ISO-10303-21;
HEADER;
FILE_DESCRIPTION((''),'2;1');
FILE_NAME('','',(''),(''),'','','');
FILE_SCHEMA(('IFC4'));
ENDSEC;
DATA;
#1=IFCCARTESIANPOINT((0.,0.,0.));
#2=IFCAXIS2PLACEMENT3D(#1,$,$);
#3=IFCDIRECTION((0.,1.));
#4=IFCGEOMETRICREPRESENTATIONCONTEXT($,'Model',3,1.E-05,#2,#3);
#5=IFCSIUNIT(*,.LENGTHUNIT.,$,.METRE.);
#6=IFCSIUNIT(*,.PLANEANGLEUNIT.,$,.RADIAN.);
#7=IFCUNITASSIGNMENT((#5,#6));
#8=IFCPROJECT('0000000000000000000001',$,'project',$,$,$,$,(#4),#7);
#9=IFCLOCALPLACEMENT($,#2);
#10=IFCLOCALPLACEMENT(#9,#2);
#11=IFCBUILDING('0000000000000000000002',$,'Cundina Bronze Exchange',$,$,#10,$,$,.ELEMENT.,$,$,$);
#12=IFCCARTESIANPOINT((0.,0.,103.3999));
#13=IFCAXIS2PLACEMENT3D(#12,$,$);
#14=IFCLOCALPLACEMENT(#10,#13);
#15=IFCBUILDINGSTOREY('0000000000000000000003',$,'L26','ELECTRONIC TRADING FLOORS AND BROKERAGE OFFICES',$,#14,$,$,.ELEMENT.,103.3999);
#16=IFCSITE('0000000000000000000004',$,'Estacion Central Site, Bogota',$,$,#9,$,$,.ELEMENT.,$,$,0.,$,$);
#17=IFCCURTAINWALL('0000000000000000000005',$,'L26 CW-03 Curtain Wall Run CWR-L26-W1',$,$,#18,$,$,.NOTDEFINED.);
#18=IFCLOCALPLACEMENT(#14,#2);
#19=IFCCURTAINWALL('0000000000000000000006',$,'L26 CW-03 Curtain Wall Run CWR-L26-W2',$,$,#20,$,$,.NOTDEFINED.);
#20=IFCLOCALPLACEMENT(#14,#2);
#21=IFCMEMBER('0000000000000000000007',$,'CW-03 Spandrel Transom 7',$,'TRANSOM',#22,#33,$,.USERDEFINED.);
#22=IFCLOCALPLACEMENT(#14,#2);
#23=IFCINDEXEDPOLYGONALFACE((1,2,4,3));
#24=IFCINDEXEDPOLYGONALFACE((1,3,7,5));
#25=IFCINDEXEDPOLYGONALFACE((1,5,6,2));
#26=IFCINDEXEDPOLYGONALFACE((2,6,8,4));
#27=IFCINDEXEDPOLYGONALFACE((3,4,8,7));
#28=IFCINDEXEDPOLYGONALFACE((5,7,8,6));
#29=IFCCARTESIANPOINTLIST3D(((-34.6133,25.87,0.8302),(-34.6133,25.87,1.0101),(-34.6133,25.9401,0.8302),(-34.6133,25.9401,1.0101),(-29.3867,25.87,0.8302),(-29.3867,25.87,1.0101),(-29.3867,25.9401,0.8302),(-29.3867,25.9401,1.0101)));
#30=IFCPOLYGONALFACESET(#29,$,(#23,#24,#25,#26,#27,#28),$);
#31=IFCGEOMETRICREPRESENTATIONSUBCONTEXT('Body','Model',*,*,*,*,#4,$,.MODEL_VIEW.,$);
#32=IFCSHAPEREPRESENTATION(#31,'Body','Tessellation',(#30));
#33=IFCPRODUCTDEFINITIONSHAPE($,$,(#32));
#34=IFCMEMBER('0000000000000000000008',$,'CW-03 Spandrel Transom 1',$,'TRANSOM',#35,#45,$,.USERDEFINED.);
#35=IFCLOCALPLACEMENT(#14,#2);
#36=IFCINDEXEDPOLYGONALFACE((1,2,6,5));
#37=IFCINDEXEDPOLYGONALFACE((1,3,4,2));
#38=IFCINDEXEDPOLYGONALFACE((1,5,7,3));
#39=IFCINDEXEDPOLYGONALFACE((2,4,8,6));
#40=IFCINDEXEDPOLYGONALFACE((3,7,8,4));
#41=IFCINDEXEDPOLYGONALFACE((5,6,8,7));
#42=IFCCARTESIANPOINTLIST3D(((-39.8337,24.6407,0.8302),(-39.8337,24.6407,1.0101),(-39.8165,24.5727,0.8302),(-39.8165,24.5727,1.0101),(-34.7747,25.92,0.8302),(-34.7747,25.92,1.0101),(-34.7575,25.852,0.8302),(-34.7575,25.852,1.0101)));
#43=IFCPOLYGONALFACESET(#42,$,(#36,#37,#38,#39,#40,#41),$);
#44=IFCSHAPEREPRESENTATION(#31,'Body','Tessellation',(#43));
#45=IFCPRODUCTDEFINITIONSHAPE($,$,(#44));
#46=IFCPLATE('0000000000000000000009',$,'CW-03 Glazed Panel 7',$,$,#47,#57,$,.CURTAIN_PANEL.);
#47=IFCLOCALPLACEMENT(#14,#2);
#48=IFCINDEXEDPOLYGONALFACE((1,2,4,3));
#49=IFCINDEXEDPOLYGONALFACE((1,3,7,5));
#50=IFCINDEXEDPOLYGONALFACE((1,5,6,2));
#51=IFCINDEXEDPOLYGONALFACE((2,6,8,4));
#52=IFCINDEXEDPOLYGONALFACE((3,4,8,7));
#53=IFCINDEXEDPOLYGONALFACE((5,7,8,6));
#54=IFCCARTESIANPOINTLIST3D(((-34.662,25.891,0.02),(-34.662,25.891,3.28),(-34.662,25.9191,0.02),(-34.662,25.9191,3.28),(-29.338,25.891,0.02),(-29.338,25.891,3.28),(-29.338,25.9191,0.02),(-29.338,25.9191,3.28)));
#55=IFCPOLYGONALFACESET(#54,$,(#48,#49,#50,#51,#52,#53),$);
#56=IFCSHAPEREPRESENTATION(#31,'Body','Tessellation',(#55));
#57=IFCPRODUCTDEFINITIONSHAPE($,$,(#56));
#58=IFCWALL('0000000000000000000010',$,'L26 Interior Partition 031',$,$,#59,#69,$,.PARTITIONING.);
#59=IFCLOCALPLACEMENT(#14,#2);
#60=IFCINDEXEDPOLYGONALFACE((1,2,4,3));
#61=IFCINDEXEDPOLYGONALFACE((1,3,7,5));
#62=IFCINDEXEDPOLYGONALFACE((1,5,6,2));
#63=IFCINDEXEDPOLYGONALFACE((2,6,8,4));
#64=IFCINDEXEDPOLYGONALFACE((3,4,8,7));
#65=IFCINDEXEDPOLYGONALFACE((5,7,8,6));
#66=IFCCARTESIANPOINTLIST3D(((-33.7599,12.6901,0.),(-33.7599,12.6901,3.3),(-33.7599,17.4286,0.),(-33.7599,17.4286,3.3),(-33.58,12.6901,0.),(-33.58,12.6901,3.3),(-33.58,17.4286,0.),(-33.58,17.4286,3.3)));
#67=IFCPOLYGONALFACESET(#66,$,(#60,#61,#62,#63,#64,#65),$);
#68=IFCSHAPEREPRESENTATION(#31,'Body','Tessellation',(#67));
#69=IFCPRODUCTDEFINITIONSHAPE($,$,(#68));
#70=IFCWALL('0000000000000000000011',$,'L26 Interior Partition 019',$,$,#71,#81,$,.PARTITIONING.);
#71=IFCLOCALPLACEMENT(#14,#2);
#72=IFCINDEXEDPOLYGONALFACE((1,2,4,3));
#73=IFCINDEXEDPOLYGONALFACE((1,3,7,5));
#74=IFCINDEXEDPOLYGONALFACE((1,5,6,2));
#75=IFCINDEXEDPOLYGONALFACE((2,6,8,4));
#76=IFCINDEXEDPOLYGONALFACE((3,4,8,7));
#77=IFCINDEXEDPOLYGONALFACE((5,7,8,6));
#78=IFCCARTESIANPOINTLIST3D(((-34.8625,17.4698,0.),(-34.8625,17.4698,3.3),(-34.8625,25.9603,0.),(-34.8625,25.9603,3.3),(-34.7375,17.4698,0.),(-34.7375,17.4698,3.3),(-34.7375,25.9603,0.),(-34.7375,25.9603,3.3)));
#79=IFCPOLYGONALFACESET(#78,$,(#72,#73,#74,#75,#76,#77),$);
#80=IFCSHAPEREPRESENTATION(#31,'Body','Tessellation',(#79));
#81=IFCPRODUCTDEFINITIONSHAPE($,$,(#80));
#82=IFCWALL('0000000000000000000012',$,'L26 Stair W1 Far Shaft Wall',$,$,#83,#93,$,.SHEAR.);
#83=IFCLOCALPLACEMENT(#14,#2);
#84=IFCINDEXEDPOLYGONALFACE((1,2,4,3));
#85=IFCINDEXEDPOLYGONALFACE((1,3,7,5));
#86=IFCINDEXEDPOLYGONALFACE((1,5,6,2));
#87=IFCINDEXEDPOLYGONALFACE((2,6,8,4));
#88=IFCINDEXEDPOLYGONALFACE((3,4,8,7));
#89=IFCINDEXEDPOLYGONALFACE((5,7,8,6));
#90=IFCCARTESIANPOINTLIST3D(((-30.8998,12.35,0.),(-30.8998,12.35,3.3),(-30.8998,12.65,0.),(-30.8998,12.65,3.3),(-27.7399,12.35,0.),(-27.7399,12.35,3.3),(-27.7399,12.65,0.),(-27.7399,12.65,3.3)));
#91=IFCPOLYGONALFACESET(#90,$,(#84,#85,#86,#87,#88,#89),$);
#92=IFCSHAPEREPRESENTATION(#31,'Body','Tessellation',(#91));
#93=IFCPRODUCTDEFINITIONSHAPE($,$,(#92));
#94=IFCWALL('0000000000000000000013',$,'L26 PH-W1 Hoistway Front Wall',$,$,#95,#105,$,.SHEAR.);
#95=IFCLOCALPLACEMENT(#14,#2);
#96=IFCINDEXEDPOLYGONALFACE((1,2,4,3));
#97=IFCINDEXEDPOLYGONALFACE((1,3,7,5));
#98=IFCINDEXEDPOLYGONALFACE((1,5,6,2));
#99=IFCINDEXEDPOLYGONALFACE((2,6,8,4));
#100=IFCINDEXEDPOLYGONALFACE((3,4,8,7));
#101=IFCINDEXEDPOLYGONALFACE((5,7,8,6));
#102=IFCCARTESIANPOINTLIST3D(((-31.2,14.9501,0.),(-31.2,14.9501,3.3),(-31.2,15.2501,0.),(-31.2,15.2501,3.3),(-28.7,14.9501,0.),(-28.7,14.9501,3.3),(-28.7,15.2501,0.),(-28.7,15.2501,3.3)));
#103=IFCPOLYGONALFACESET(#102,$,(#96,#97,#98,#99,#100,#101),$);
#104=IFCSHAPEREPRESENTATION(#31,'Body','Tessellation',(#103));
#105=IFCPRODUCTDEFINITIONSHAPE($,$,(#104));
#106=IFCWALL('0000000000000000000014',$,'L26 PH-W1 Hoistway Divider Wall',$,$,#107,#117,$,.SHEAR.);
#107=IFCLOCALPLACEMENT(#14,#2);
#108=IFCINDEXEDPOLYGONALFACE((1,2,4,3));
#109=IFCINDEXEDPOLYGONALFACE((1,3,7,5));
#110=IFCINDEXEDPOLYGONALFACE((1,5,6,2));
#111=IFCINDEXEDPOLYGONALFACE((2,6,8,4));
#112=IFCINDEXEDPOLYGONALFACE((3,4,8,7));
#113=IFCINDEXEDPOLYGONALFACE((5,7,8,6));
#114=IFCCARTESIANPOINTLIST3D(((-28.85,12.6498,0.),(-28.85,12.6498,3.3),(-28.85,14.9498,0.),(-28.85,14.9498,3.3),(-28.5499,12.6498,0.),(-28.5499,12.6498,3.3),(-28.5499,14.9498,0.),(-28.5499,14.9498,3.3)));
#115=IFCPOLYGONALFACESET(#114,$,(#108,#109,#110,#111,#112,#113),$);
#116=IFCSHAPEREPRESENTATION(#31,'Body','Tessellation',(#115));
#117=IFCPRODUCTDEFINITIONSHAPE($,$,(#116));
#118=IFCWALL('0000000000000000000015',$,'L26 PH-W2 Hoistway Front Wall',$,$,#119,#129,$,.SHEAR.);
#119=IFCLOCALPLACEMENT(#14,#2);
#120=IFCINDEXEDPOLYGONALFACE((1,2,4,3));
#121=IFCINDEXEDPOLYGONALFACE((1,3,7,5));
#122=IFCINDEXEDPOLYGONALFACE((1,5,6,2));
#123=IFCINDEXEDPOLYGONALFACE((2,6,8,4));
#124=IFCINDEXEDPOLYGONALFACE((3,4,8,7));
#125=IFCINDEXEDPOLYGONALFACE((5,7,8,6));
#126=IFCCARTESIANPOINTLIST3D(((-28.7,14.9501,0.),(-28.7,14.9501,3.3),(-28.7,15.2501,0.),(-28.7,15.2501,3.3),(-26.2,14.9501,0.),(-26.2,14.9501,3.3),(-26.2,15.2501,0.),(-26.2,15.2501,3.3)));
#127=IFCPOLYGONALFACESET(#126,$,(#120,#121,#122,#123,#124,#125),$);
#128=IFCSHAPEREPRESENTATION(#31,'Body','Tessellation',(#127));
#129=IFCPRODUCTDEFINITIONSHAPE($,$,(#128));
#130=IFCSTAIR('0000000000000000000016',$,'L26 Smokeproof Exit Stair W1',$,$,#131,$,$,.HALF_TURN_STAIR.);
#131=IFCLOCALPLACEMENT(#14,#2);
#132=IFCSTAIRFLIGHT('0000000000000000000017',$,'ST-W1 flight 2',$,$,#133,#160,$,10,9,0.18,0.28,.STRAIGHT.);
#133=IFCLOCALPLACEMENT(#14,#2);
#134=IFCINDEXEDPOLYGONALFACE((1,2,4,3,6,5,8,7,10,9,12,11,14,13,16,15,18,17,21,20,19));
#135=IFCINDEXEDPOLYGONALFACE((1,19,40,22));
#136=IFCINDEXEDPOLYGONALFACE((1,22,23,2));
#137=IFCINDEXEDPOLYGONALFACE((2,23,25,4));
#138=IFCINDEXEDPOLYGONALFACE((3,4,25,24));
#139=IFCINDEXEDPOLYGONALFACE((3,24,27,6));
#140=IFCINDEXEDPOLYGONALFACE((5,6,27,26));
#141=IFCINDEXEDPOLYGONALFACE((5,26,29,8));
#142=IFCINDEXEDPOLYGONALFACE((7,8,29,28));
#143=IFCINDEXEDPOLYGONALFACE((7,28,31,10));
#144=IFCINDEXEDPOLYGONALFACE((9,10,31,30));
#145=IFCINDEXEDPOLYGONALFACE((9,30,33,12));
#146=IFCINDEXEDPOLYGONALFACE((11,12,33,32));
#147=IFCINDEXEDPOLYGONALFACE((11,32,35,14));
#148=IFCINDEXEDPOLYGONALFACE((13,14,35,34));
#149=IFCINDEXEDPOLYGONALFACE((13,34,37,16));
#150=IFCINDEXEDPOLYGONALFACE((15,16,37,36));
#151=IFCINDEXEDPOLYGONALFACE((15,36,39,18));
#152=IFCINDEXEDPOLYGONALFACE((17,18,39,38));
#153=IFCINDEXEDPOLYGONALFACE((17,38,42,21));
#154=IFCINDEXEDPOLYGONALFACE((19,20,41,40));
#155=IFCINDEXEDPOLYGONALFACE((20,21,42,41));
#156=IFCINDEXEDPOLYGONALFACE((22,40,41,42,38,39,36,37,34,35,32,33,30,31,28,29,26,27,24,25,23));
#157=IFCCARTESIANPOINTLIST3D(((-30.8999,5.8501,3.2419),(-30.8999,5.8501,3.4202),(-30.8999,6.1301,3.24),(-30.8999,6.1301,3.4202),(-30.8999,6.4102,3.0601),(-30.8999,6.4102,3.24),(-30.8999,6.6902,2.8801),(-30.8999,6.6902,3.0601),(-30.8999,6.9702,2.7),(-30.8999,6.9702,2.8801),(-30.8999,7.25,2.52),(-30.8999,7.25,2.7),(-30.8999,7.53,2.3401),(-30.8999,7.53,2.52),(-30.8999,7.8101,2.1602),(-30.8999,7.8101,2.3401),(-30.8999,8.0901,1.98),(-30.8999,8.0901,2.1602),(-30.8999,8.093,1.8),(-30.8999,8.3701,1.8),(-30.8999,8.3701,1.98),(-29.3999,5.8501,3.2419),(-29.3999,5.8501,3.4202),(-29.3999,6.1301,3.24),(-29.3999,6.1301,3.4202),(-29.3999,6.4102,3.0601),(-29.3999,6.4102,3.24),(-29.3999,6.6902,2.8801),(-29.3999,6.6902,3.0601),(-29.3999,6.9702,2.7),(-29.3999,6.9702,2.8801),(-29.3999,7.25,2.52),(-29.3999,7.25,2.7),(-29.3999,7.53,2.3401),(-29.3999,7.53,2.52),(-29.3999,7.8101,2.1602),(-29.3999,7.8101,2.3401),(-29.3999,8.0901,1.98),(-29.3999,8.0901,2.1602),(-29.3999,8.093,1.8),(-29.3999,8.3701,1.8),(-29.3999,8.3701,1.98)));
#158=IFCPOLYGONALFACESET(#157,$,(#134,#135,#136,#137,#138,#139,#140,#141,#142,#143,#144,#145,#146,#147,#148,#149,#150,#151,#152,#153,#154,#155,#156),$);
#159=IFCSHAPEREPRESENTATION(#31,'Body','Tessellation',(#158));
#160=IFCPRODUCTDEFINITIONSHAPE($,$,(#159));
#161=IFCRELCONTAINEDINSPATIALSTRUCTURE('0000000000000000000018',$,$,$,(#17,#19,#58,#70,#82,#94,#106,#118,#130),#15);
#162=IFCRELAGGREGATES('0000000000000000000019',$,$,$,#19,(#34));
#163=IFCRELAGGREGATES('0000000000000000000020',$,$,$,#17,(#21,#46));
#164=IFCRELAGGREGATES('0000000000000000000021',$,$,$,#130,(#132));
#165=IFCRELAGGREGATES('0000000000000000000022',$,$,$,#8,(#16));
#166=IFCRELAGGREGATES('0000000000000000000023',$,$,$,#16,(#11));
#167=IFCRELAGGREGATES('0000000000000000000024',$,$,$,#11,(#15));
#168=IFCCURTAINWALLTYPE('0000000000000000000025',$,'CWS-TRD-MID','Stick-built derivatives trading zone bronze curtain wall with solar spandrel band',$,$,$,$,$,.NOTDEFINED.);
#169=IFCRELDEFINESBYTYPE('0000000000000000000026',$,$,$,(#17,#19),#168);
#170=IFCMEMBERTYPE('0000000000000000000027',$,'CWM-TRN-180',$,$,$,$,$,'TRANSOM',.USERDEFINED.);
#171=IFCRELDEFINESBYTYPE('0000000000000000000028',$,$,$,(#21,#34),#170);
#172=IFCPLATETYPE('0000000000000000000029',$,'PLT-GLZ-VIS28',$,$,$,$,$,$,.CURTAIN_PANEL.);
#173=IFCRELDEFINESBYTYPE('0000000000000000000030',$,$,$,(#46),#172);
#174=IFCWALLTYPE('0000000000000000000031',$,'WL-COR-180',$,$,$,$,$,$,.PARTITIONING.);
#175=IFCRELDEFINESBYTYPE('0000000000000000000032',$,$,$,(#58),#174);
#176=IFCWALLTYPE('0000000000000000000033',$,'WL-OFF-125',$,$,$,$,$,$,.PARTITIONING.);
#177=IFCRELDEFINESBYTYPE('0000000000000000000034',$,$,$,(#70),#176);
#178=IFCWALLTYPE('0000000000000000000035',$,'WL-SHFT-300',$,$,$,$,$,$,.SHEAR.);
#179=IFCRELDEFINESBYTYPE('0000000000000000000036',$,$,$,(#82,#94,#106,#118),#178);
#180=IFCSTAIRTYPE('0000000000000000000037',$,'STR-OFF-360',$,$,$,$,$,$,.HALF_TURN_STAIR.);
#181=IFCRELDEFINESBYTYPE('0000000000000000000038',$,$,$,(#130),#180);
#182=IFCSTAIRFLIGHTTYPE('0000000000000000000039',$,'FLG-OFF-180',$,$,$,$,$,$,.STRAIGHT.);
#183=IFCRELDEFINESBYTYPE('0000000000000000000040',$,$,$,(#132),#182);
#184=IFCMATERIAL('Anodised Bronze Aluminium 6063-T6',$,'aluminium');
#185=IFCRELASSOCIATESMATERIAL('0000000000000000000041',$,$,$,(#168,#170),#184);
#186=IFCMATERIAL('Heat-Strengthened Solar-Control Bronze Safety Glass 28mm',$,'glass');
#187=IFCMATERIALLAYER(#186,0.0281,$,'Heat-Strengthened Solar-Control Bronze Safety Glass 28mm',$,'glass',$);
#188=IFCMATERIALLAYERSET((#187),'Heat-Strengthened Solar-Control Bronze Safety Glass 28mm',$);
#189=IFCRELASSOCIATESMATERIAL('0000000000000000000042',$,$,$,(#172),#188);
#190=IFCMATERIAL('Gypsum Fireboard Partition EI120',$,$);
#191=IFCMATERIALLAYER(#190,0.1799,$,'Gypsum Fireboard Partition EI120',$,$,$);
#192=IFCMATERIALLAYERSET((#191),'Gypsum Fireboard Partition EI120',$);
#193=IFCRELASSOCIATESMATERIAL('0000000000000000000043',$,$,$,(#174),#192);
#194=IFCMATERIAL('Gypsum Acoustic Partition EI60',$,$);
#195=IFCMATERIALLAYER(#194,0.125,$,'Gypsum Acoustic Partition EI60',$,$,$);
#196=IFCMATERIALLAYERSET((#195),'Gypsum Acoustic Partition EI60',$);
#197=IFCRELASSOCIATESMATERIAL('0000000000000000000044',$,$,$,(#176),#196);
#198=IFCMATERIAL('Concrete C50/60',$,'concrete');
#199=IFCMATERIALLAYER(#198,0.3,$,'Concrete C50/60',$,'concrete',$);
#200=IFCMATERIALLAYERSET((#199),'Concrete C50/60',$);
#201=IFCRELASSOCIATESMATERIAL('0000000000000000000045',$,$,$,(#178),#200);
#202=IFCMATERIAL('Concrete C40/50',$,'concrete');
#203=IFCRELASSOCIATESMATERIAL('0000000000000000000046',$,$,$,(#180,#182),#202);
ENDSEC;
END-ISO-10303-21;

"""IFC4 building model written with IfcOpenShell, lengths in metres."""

from ifc_helpers import new_model, si_unit, direction, frame, frame_2d, origin, origin_2d, place, context, subcontext, project, spatial, polyline, rectangle, outline, extrude, material, layer, layer_set, material_profile, profile_set, type_object, element, aggregate, save


model = new_model("IFC4")

# Units and contexts
model_context = context("Model", 3, precision=1e-05, world=origin(), true_north=direction((0.0, 1.0)))
body_context = subcontext(model_context, "Body", "Model", "MODEL_VIEW")
ifc_project = project(units=[si_unit("LENGTHUNIT", "METRE"), si_unit("PLANEANGLEUNIT", "RADIAN")], contexts=[model_context])

# Site, building, storey
site_placement = place(None, origin())
site = spatial("IfcSite", under=ifc_project, at=site_placement, Name="Estacion Central Site, Bogota", CompositionType="ELEMENT", RefElevation=0.0)
building_placement = place(site_placement, origin())
building = spatial("IfcBuilding", under=site, at=building_placement, Name="Cundina Bronze Exchange", CompositionType="ELEMENT")
storey_placement = place(building_placement, frame((0.0, 0.0, 103.3999)))
storey = spatial("IfcBuildingStorey", under=building, at=storey_placement, Name="L26", Description="ELECTRONIC TRADING FLOORS AND BROKERAGE OFFICES", CompositionType="ELEMENT", Elevation=103.3999)

# Curtain wall
ifc_material_1 = material(Name="Anodised Bronze Aluminium 6063-T6", Category="aluminium")
curtain_wall_type = type_object("IfcCurtainWallType", Name="CWS-TRD-MID", Description="Stick-built derivatives trading zone bronze curtain wall with solar spandrel band", PredefinedType="NOTDEFINED", material=ifc_material_1)
curtain_wall_1_placement = place(storey_placement, origin())
curtain_wall_1 = element("IfcCurtainWall", 1, at=curtain_wall_1_placement, inside=storey, type_object=curtain_wall_type, Name="L26 CW-03 Curtain Wall Run CWR-L26-W1", PredefinedType="NOTDEFINED")

# Curtain wall
curtain_wall_2_placement = place(storey_placement, origin())
curtain_wall_2 = element("IfcCurtainWall", 2, at=curtain_wall_2_placement, inside=storey, type_object=curtain_wall_type, Name="L26 CW-03 Curtain Wall Run CWR-L26-W2", PredefinedType="NOTDEFINED")

# Members
ifc_material_profile_1 = material_profile(ifc_material_1, rectangle(XDim=0.0701, YDim=0.1799, at=origin_2d()), Name="AL70X180", Category="aluminium")
ifc_profile_set_1 = profile_set([ifc_material_profile_1], Name="Anodised Bronze Aluminium 6063-T6")
member_type_1 = type_object("IfcMemberType", Name="CWM-TRN-180", ElementType="TRANSOM", PredefinedType="USERDEFINED", material=ifc_profile_set_1)
member_1_placement = place(storey_placement, frame((-29.3867, 25.905, 0.9202), z_axis=(-1.0, 0.0, 0.0), x_axis=(0.0, -1.0, 0.0)))
member_1 = element("IfcMember", 3, at=member_1_placement, type_object=member_type_1, Name="CW-03 Spandrel Transom 7", ObjectType="TRANSOM", PredefinedType="USERDEFINED", context=body_context, shape_type="SweptSolid", body=[
    extrude(rectangle(XDim=0.0701, YDim=0.1799, at=origin_2d()), origin(), (0.0, 0.0, 1.0), 5.2266),
])
member_2_placement = place(storey_placement, frame((-34.7661, 25.886, 0.9202), z_axis=(-0.969484, -0.245155, 0.0), x_axis=(0.245155, -0.969484, 0.0)))
member_2 = element("IfcMember", 4, at=member_2_placement, type_object=member_type_1, Name="CW-03 Spandrel Transom 1", ObjectType="TRANSOM", PredefinedType="USERDEFINED", context=body_context, shape_type="SweptSolid", body=[
    extrude(rectangle(XDim=0.0701, YDim=0.1799, at=origin_2d()), origin(), (0.0, 0.0, 1.0), 5.2183),
])
aggregate(curtain_wall_2, [member_2])

# Plate
ifc_material_2 = material(Name="Heat-Strengthened Solar-Control Bronze Safety Glass 28mm", Category="glass")
ifc_layer_1 = layer(ifc_material_2, 0.0281, Name="Heat-Strengthened Solar-Control Bronze Safety Glass 28mm", Category="glass")
ifc_layer_set_1 = layer_set([ifc_layer_1], Name="Heat-Strengthened Solar-Control Bronze Safety Glass 28mm")
plate_type = type_object("IfcPlateType", Name="PLT-GLZ-VIS28", PredefinedType="CURTAIN_PANEL", material=ifc_layer_set_1)
plate_placement = place(storey_placement, frame((-32.0, 25.905, 0.02), z_axis=(0.0, 0.0, 1.0), x_axis=(-1.0, 0.0, 0.0)))
plate = element("IfcPlate", 5, at=plate_placement, type_object=plate_type, Name="CW-03 Glazed Panel 7", PredefinedType="CURTAIN_PANEL", context=body_context, shape_type="SweptSolid", body=[
    extrude(rectangle(XDim=5.324, YDim=0.0281, at=origin_2d()), origin(), (0.0, 0.0, 1.0), 3.26),
])
aggregate(curtain_wall_1, [member_1, plate])

# Shared definitions
ifc_material_3 = material(Name="Gypsum Fireboard Partition EI120")
ifc_layer_2 = layer(ifc_material_3, 0.1799, Name="Gypsum Fireboard Partition EI120")
ifc_layer_set_2 = layer_set([ifc_layer_2], Name="Gypsum Fireboard Partition EI120")
wall_type_1 = type_object("IfcWallType", Name="WL-COR-180", PredefinedType="PARTITIONING", material=ifc_layer_set_2)

# Wall
wall_1_placement = place(storey_placement, frame((-33.6699, 17.4285, 0.0), z_axis=(0.0, 0.0, 1.0), x_axis=(0.0, -1.0, 0.0)))
element("IfcWall", 6, at=wall_1_placement, inside=storey, type_object=wall_type_1, Name="L26 Interior Partition 031", PredefinedType="PARTITIONING", context=body_context, shape_type="SweptSolid", body=[
    extrude(rectangle(XDim=4.7385, YDim=0.1799, at=frame_2d((2.3691, 0.0))), origin(), (0.0, 0.0, 1.0), 3.3),
])

# Wall
ifc_material_4 = material(Name="Gypsum Acoustic Partition EI60")
ifc_layer_3 = layer(ifc_material_4, 0.125, Name="Gypsum Acoustic Partition EI60")
ifc_layer_set_3 = layer_set([ifc_layer_3], Name="Gypsum Acoustic Partition EI60")
wall_type_2 = type_object("IfcWallType", Name="WL-OFF-125", PredefinedType="PARTITIONING", material=ifc_layer_set_3)
wall_2_placement = place(storey_placement, frame((-34.8, 17.47, 0.0), z_axis=(0.0, 0.0, 1.0), x_axis=(0.0, 1.0, 0.0)))
element("IfcWall", 7, at=wall_2_placement, inside=storey, type_object=wall_type_2, Name="L26 Interior Partition 019", PredefinedType="PARTITIONING", context=body_context, shape_type="SweptSolid", body=[
    extrude(rectangle(XDim=8.4905, YDim=0.125, at=frame_2d((4.2451, 0.0))), origin(), (0.0, 0.0, 1.0), 3.3),
])

# Shared definitions
ifc_material_5 = material(Name="Concrete C50/60", Category="concrete")
ifc_layer_4 = layer(ifc_material_5, 0.3, Name="Concrete C50/60", Category="concrete")
ifc_layer_set_4 = layer_set([ifc_layer_4], Name="Concrete C50/60")
wall_type_3 = type_object("IfcWallType", Name="WL-SHFT-300", PredefinedType="SHEAR", material=ifc_layer_set_4)

# Walls
wall_3_placement = place(storey_placement, frame((-30.8999, 12.5, 0.0), z_axis=(0.0, 0.0, 1.0), x_axis=(1.0, 0.0, 0.0)))
element("IfcWall", 8, at=wall_3_placement, inside=storey, type_object=wall_type_3, Name="L26 Stair W1 Far Shaft Wall", PredefinedType="SHEAR", context=body_context, shape_type="SweptSolid", body=[
    extrude(rectangle(XDim=3.1599, YDim=0.3, at=frame_2d((1.5801, 0.0))), origin(), (0.0, 0.0, 1.0), 3.3),
])
wall_4_placement = place(storey_placement, frame((-31.2, 15.1001, 0.0), z_axis=(0.0, 0.0, 1.0), x_axis=(1.0, 0.0, 0.0)))
element("IfcWall", 9, at=wall_4_placement, inside=storey, type_object=wall_type_3, Name="L26 PH-W1 Hoistway Front Wall", PredefinedType="SHEAR", context=body_context, shape_type="SweptSolid", body=[
    extrude(rectangle(XDim=2.5, YDim=0.3, at=frame_2d((1.25, 0.0))), origin(), (0.0, 0.0, 1.0), 3.3),
])
wall_5_placement = place(storey_placement, frame((-28.7, 12.6499, 0.0), z_axis=(0.0, 0.0, 1.0), x_axis=(0.0, 1.0, 0.0)))
element("IfcWall", 10, at=wall_5_placement, inside=storey, type_object=wall_type_3, Name="L26 PH-W1 Hoistway Divider Wall", PredefinedType="SHEAR", context=body_context, shape_type="SweptSolid", body=[
    extrude(rectangle(XDim=2.3, YDim=0.3, at=frame_2d((1.1499, 0.0))), origin(), (0.0, 0.0, 1.0), 3.3),
])
wall_6_placement = place(storey_placement, frame((-28.7, 15.1001, 0.0), z_axis=(0.0, 0.0, 1.0), x_axis=(1.0, 0.0, 0.0)))
element("IfcWall", 11, at=wall_6_placement, inside=storey, type_object=wall_type_3, Name="L26 PH-W2 Hoistway Front Wall", PredefinedType="SHEAR", context=body_context, shape_type="SweptSolid", body=[
    extrude(rectangle(XDim=2.5, YDim=0.3, at=frame_2d((1.25, 0.0))), origin(), (0.0, 0.0, 1.0), 3.3),
])

# Stair, stair flight
ifc_material_6 = material(Name="Concrete C40/50", Category="concrete")
stair_type = type_object("IfcStairType", Name="STR-OFF-360", PredefinedType="HALF_TURN_STAIR", material=ifc_material_6)
stair_placement = place(storey_placement, origin())
stair = element("IfcStair", 12, at=stair_placement, inside=storey, type_object=stair_type, Name="L26 Smokeproof Exit Stair W1", PredefinedType="HALF_TURN_STAIR")
stair_flight_type = type_object("IfcStairFlightType", Name="FLG-OFF-180", PredefinedType="STRAIGHT", material=ifc_material_6)
stair_flight_placement = place(storey_placement, frame((-30.1499, 8.3701, 1.8), z_axis=(0.0, 0.0, 1.0), x_axis=(0.0, -1.0, 0.0)))
stair_flight = element("IfcStairFlight", 13, at=stair_flight_placement, type_object=stair_flight_type, Name="ST-W1 flight 2", NumberOfRisers=10, NumberOfTreads=9, PredefinedType="STRAIGHT", RiserHeight=0.18, TreadLength=0.28, context=body_context, shape_type="SweptSolid", body=[
    extrude(outline(polyline([(0.0, 0.0), (0.0, 0.1799), (0.28, 0.1799), (0.28, 0.3601), (0.5601, 0.3601), (0.5601, 0.54), (0.8401, 0.54), (0.8401, 0.72), (1.1201, 0.72), (1.1201, 0.8999), (1.3999, 0.8999), (1.3999, 1.0801), (1.6799, 1.0801), (1.6799, 1.26), (1.96, 1.26), (1.96, 1.4399), (2.24, 1.4399), (2.24, 1.6201), (2.52, 1.6201), (2.52, 1.8), (2.52, 1.4419), (0.2771, 0.0), (0.0, 0.0)])), frame((0.0, 0.75, 0.0), z_axis=(0.0, -1.0, 0.0), x_axis=(1.0, 0.0, 0.0)), (0.0, 0.0, 1.0), 1.5),
])
aggregate(stair, [stair_flight])

save(model, "model.ifc")
